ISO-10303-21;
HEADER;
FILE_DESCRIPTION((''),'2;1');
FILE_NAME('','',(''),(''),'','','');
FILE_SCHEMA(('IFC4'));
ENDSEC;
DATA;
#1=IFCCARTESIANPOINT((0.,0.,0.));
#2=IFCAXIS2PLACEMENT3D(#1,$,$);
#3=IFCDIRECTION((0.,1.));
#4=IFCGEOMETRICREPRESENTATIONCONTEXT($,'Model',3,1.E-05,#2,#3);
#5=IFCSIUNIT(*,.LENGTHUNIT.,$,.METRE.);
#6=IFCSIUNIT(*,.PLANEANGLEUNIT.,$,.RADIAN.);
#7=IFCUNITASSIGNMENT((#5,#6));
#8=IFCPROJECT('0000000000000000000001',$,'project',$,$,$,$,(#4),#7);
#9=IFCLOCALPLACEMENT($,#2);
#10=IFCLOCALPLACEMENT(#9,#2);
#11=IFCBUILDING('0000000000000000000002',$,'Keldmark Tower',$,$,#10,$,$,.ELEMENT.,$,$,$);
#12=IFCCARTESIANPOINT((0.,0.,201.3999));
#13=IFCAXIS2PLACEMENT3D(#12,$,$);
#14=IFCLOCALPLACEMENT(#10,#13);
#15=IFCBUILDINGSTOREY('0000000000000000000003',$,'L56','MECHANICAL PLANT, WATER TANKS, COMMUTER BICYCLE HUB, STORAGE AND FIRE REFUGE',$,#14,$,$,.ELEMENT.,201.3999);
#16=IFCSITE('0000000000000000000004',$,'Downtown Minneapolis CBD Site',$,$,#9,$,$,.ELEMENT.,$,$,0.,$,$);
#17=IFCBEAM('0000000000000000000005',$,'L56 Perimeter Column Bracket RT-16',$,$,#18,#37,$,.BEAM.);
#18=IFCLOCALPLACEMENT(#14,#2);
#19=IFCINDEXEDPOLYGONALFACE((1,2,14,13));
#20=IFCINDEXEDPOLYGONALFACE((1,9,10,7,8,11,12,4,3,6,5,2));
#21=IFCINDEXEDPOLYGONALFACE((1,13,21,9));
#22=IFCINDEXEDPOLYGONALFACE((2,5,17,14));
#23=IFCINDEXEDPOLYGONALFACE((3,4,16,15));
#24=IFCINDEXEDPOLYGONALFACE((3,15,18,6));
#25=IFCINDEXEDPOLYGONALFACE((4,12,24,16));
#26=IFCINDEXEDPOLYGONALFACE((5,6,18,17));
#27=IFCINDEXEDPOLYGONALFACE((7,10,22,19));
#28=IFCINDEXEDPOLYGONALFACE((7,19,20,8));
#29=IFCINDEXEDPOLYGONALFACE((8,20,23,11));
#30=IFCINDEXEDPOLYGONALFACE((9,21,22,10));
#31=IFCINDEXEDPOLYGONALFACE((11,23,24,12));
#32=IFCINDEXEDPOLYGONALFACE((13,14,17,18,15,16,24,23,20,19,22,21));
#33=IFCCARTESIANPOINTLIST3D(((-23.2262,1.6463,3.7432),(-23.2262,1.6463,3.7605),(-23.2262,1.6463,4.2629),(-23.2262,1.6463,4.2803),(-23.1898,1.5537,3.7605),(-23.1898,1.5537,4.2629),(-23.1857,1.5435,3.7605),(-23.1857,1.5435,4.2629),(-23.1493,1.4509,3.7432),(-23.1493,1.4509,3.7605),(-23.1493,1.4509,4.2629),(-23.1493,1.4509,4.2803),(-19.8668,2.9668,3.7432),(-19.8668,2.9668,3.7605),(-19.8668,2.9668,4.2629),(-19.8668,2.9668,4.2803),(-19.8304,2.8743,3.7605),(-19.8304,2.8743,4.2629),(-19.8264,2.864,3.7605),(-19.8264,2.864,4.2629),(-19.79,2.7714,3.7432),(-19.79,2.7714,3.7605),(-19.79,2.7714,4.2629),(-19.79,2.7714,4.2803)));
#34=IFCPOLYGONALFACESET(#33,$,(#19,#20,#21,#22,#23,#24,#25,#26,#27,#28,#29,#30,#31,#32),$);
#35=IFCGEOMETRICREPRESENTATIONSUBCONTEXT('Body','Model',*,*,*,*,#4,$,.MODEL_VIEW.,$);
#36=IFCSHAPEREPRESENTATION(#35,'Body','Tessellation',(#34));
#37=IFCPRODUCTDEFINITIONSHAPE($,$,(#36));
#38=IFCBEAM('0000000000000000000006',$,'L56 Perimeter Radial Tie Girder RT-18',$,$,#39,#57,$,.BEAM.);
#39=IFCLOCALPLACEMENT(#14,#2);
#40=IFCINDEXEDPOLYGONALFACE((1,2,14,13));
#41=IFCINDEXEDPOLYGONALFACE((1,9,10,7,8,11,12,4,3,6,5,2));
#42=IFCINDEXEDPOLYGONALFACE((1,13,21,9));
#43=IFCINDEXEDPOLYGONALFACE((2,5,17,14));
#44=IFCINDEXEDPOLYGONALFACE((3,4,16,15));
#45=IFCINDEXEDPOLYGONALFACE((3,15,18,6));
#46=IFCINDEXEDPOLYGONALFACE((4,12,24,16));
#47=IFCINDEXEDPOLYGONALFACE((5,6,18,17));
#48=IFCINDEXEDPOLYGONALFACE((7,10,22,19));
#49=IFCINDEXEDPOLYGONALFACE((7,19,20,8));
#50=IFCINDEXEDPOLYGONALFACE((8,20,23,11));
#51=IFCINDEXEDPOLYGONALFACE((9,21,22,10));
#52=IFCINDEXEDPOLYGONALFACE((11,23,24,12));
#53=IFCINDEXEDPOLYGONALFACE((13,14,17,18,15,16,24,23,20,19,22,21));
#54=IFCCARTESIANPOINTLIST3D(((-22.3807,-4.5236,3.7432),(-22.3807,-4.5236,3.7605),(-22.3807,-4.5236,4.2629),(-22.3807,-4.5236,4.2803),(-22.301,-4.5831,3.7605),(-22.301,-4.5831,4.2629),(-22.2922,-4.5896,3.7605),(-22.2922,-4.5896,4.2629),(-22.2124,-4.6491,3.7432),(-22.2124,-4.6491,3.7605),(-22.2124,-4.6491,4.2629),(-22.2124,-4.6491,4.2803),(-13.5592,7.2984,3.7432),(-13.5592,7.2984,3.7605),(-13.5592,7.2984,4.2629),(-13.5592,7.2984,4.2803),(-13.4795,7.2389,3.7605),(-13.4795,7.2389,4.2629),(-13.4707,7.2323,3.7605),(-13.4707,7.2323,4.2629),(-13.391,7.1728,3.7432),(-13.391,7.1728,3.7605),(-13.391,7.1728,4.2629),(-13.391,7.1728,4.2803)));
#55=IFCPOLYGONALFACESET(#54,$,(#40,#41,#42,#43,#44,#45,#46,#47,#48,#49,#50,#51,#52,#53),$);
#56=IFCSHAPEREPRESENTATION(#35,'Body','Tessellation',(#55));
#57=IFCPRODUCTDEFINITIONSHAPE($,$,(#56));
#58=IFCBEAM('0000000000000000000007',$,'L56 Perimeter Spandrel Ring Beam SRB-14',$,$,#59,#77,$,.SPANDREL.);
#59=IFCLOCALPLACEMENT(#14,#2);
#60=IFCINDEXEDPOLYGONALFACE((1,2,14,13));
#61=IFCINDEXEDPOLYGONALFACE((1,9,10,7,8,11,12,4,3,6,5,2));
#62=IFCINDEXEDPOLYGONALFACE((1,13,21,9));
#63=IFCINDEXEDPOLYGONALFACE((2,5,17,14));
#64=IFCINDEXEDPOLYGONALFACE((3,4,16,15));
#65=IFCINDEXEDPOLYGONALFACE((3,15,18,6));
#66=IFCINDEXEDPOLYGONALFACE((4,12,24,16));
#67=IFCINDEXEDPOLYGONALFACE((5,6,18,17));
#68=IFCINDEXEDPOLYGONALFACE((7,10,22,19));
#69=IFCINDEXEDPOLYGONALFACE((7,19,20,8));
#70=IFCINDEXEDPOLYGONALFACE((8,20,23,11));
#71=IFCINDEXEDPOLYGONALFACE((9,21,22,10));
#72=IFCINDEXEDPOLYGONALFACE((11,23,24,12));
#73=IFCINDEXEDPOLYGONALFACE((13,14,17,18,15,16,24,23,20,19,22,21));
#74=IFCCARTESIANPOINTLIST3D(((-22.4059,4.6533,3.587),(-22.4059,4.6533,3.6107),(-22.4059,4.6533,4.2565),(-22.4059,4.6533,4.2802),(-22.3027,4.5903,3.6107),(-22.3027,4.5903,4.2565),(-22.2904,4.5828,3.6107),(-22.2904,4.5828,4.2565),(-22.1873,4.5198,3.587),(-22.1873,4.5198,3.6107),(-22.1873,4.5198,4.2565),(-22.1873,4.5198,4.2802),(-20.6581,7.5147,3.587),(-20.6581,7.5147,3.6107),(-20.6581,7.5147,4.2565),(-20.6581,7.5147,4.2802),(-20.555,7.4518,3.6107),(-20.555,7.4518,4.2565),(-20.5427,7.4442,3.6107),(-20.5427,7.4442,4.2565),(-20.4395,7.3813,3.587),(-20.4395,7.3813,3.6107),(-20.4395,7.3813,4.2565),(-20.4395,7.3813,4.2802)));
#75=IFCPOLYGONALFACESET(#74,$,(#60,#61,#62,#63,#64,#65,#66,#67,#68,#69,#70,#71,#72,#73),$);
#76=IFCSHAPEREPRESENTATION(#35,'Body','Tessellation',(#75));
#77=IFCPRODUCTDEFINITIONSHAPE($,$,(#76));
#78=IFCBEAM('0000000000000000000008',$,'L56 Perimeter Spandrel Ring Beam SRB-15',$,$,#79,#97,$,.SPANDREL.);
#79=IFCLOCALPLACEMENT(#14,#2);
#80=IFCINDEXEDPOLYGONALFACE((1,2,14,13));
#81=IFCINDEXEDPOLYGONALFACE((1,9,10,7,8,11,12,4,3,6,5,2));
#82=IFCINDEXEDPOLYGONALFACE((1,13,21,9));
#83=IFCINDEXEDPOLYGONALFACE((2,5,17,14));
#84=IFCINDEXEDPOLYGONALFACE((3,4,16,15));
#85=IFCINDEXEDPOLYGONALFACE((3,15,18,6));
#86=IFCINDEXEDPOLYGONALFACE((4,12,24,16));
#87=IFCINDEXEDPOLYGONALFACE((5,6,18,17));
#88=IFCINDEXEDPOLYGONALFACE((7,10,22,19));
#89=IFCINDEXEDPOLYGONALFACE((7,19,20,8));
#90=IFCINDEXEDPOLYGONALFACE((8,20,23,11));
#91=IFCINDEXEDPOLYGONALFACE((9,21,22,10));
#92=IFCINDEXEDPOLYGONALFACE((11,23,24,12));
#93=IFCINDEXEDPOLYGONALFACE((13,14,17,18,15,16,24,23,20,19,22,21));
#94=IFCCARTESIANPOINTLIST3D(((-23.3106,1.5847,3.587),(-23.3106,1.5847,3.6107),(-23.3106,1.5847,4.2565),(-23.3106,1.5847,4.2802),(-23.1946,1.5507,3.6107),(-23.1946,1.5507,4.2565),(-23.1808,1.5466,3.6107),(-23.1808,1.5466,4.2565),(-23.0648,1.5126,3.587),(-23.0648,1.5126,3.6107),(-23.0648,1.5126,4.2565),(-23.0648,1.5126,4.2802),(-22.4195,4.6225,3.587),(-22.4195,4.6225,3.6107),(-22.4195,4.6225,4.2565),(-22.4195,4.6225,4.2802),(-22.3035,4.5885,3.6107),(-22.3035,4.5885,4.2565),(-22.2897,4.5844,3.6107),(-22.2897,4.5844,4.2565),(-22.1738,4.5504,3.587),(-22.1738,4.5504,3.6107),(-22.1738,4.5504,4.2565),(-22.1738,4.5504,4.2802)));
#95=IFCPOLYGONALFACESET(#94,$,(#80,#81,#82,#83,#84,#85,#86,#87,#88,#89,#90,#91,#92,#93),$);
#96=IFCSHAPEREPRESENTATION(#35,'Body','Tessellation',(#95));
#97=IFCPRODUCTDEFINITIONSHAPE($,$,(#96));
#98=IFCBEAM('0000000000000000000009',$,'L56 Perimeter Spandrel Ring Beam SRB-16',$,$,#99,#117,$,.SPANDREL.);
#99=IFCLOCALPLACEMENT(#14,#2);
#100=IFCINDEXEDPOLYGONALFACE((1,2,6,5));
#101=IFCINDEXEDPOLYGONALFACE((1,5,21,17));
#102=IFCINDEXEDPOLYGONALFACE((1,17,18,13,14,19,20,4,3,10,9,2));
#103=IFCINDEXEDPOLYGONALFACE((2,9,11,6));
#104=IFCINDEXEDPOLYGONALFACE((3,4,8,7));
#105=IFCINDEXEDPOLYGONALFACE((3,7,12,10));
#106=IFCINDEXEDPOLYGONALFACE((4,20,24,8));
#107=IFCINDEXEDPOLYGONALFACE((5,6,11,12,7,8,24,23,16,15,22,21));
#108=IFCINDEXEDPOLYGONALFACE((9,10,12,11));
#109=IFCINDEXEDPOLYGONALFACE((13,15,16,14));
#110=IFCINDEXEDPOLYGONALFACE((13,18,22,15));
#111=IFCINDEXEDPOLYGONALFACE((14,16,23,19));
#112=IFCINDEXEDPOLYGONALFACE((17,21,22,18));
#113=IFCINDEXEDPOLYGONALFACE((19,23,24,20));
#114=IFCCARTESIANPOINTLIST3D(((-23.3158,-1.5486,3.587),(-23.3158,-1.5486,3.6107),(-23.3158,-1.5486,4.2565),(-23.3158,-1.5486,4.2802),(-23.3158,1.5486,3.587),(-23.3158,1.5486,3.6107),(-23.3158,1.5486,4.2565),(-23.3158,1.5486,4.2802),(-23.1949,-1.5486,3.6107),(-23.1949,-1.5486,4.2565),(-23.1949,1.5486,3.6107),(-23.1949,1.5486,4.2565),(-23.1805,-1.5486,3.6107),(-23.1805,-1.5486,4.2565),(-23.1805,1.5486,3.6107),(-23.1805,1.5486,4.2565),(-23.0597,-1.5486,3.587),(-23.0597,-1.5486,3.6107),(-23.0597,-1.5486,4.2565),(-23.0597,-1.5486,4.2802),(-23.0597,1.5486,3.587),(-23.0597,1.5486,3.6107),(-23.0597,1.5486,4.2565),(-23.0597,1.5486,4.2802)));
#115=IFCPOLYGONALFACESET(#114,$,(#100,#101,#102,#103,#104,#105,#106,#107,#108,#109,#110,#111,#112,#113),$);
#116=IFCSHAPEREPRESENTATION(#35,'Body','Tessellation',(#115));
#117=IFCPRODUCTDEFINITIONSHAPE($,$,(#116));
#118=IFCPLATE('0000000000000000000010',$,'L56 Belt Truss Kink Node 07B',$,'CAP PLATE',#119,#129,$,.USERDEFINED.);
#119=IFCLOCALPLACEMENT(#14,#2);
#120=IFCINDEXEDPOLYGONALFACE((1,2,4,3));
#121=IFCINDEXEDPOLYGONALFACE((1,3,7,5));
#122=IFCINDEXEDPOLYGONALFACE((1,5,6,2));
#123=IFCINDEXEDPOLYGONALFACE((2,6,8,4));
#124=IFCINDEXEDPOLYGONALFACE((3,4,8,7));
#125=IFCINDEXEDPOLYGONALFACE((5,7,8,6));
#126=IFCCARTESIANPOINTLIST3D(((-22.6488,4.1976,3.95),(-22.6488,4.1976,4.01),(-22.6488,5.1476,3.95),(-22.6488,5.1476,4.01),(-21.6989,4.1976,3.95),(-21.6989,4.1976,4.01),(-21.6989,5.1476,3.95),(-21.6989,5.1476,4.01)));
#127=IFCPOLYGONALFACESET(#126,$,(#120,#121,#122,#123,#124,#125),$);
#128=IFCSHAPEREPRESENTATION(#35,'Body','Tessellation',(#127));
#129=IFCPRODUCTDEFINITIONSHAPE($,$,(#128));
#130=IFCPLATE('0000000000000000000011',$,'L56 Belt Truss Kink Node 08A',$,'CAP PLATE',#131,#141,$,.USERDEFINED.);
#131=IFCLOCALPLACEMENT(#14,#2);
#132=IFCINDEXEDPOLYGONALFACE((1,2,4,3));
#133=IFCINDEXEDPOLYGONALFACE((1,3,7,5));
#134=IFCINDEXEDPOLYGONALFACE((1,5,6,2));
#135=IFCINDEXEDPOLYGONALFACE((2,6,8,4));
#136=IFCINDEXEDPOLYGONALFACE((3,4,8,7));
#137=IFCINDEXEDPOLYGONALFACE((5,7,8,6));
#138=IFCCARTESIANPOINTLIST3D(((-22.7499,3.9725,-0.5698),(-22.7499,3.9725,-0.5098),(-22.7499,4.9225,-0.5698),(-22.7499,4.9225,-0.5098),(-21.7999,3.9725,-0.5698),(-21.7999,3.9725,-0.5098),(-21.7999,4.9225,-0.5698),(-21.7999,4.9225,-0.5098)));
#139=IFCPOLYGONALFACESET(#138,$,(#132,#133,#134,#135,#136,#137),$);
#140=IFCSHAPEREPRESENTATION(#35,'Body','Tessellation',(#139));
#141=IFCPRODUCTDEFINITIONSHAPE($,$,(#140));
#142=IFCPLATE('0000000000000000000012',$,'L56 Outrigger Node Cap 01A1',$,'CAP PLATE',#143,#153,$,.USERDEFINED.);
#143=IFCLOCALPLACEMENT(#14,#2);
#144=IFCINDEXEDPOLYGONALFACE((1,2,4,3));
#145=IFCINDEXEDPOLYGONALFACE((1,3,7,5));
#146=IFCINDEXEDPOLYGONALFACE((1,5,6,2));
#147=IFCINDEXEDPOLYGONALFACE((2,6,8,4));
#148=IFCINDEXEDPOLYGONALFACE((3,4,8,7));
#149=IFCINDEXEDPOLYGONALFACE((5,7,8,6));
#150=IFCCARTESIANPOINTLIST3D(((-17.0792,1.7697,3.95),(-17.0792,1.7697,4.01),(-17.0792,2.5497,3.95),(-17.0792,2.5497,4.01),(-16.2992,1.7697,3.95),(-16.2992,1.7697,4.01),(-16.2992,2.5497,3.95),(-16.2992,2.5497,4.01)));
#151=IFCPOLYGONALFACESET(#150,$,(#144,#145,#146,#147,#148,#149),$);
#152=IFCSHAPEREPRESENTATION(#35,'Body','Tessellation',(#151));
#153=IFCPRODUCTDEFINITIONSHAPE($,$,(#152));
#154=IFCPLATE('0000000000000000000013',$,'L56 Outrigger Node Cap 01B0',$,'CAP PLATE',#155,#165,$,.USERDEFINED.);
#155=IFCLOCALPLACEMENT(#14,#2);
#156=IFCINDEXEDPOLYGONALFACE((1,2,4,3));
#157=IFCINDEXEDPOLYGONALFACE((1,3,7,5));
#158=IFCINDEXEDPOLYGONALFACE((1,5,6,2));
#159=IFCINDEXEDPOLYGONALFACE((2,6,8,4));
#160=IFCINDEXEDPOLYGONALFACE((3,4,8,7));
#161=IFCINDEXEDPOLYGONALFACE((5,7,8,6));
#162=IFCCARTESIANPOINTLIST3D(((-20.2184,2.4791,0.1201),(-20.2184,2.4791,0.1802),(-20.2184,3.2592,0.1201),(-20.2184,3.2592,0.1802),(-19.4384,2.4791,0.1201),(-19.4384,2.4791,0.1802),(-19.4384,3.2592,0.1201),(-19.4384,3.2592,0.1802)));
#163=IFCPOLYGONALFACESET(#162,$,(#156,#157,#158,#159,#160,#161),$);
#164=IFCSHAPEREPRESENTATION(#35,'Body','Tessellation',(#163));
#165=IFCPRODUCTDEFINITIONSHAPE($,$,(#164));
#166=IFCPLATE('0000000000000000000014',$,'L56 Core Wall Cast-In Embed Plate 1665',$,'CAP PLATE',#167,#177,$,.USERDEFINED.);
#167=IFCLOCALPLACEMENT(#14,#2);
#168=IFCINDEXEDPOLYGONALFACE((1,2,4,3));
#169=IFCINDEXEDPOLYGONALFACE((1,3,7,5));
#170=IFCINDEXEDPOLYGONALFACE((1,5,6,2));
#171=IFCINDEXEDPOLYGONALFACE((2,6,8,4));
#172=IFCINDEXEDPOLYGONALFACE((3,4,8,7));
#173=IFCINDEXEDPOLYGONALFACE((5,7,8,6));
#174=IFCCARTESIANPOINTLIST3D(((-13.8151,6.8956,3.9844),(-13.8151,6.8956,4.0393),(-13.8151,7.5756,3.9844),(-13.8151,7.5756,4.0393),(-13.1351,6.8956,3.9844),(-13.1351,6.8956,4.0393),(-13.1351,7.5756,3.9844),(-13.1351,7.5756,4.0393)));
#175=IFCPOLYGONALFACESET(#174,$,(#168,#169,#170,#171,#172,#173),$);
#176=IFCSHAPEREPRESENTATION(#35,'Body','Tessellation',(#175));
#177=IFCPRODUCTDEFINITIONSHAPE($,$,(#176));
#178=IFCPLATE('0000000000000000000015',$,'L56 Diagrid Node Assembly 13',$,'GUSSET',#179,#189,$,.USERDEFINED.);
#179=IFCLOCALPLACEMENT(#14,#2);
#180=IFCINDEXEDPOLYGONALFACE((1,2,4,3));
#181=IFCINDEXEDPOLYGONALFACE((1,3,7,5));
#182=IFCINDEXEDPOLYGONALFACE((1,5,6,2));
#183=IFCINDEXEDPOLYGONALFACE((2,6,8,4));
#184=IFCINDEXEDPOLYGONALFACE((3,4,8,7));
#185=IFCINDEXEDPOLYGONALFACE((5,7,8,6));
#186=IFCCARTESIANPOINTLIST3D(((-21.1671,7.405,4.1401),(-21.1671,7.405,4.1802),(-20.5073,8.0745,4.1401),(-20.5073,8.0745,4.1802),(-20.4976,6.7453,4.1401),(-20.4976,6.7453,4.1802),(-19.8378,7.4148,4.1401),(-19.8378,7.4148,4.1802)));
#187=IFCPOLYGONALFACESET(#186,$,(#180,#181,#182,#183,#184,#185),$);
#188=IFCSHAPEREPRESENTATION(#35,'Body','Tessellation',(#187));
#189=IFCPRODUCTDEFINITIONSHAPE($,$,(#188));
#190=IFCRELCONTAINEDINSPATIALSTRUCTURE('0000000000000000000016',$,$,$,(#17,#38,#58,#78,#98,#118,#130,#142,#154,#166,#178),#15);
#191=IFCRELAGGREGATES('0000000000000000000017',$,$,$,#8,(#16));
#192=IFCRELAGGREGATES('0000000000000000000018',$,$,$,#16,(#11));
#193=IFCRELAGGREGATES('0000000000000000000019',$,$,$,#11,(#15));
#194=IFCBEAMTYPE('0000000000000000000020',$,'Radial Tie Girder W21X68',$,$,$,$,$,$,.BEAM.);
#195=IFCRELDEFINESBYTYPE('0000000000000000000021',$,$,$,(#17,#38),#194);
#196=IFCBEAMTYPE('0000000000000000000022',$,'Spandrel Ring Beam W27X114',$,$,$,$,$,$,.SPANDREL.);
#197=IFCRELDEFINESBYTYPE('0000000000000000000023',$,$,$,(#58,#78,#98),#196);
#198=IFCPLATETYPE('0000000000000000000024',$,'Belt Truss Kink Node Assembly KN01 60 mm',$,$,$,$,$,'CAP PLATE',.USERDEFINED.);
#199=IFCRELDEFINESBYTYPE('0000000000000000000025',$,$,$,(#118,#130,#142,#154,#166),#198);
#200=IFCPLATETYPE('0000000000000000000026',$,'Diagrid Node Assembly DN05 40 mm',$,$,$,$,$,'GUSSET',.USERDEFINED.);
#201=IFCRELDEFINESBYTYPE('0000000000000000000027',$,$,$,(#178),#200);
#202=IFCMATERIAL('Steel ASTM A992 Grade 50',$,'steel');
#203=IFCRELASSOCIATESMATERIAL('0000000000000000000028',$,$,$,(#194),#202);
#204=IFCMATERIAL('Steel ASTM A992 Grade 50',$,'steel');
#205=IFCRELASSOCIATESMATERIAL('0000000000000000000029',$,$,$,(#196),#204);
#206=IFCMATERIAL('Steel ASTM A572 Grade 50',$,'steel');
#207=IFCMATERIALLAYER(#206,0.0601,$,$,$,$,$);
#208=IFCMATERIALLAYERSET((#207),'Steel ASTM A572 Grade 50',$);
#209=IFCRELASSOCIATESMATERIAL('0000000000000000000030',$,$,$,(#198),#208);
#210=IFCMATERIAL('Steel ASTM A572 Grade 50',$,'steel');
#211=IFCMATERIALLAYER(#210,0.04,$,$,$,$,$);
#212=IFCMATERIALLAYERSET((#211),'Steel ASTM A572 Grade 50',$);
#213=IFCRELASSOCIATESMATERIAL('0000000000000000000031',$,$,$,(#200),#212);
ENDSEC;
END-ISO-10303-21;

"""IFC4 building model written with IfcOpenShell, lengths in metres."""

from ifc_helpers import new_model, si_unit, direction, frame, origin, origin_2d, place, context, subcontext, project, spatial, rectangle, i_section, extrude, material, layer, layer_set, material_profile, profile_set, type_object, element, save


model = new_model("IFC4")

# Units and contexts
model_context = context("Model", 3, precision=1e-05, world=origin(), true_north=direction((0.0, 1.0)))
body_context = subcontext(model_context, "Body", "Model", "MODEL_VIEW")
ifc_project = project(units=[si_unit("LENGTHUNIT", "METRE"), si_unit("PLANEANGLEUNIT", "RADIAN")], contexts=[model_context])

# Site, building, storey
site_placement = place(None, origin())
site = spatial("IfcSite", under=ifc_project, at=site_placement, Name="Downtown Minneapolis CBD Site", CompositionType="ELEMENT", RefElevation=0.0)
building_placement = place(site_placement, origin())
building = spatial("IfcBuilding", under=site, at=building_placement, Name="Keldmark Tower", CompositionType="ELEMENT")
storey_placement = place(building_placement, frame((0.0, 0.0, 201.3999)))
storey = spatial("IfcBuildingStorey", under=building, at=storey_placement, Name="L56", Description="MECHANICAL PLANT, WATER TANKS, COMMUTER BICYCLE HUB, STORAGE AND FIRE REFUGE", CompositionType="ELEMENT", Elevation=201.3999)

# Beams
ifc_material_1 = material(Name="Steel ASTM A992 Grade 50", Category="steel")
ifc_material_profile_1 = material_profile(ifc_material_1, i_section(OverallWidth=0.21, OverallDepth=0.5371, WebThickness=0.011, FlangeThickness=0.0173, at=origin_2d()), Name="W21X68")
ifc_profile_set_1 = profile_set([ifc_material_profile_1], Name="Steel ASTM A992 Grade 50")
beam_type_1 = type_object("IfcBeamType", Name="Radial Tie Girder W21X68", PredefinedType="BEAM", material=ifc_profile_set_1)
beam_1_placement = place(storey_placement, frame((-19.8284, 2.8691, 4.0117), z_axis=(-0.930676, -0.365845, 0.0), x_axis=(0.365845, -0.930676, 0.0)))
element("IfcBeam", 1, at=beam_1_placement, inside=storey, type_object=beam_type_1, Name="L56 Perimeter Column Bracket RT-16", PredefinedType="BEAM", context=body_context, shape_type="SweptSolid", body=[
    extrude(i_section(OverallWidth=0.21, OverallDepth=0.5371, WebThickness=0.011, FlangeThickness=0.0173, at=origin_2d()), origin(), (0.0, 0.0, 1.0), 3.6096),
])
beam_2_placement = place(storey_placement, frame((-13.4751, 7.2356, 4.0117), z_axis=(-0.598046, -0.801461, 0.0), x_axis=(0.801461, -0.598046, 0.0)))
element("IfcBeam", 2, at=beam_2_placement, inside=storey, type_object=beam_type_1, Name="L56 Perimeter Radial Tie Girder RT-18", PredefinedType="BEAM", context=body_context, shape_type="SweptSolid", body=[
    extrude(i_section(OverallWidth=0.21, OverallDepth=0.5371, WebThickness=0.011, FlangeThickness=0.0173, at=origin_2d()), origin(), (0.0, 0.0, 1.0), 14.7505),
])
ifc_material_2 = material(Name="Steel ASTM A992 Grade 50", Category="steel")
ifc_material_profile_2 = material_profile(ifc_material_2, i_section(OverallWidth=0.2561, OverallDepth=0.6931, WebThickness=0.0144, FlangeThickness=0.0237, at=origin_2d()), Name="W27X114")
ifc_profile_set_2 = profile_set([ifc_material_profile_2], Name="Steel ASTM A992 Grade 50")
beam_type_2 = type_object("IfcBeamType", Name="Spandrel Ring Beam W27X114", PredefinedType="SPANDREL", material=ifc_profile_set_2)
beam_3_placement = place(storey_placement, frame((-20.5488, 7.448, 3.9336), z_axis=(-0.521247, -0.853406, 0.0), x_axis=(0.853406, -0.521247, 0.0)))
element("IfcBeam", 3, at=beam_3_placement, inside=storey, type_object=beam_type_2, Name="L56 Perimeter Spandrel Ring Beam SRB-14", PredefinedType="SPANDREL", context=body_context, shape_type="SweptSolid", body=[
    extrude(i_section(OverallWidth=0.2561, OverallDepth=0.6931, WebThickness=0.0144, FlangeThickness=0.0237, at=origin_2d()), origin(), (0.0, 0.0, 1.0), 3.353),
])
beam_4_placement = place(storey_placement, frame((-22.2966, 4.5864, 3.9336), z_axis=(-0.281477, -0.959568, 0.0), x_axis=(0.959568, -0.281477, 0.0)))
element("IfcBeam", 4, at=beam_4_placement, inside=storey, type_object=beam_type_2, Name="L56 Perimeter Spandrel Ring Beam SRB-15", PredefinedType="SPANDREL", context=body_context, shape_type="SweptSolid", body=[
    extrude(i_section(OverallWidth=0.2561, OverallDepth=0.6931, WebThickness=0.0144, FlangeThickness=0.0237, at=origin_2d()), origin(), (0.0, 0.0, 1.0), 3.1658),
])
beam_5_placement = place(storey_placement, frame((-23.1877, 1.5486, 3.9336), z_axis=(0.0, -1.0, 0.0), x_axis=(1.0, 0.0, 0.0)))
element("IfcBeam", 5, at=beam_5_placement, inside=storey, type_object=beam_type_2, Name="L56 Perimeter Spandrel Ring Beam SRB-16", PredefinedType="SPANDREL", context=body_context, shape_type="SweptSolid", body=[
    extrude(i_section(OverallWidth=0.2561, OverallDepth=0.6931, WebThickness=0.0144, FlangeThickness=0.0237, at=origin_2d()), origin(), (0.0, 0.0, 1.0), 3.0972),
])

# Plates
ifc_material_3 = material(Name="Steel ASTM A572 Grade 50", Category="steel")
ifc_layer_1 = layer(ifc_material_3, 0.0601)
ifc_layer_set_1 = layer_set([ifc_layer_1], Name="Steel ASTM A572 Grade 50")
plate_type_1 = type_object("IfcPlateType", Name="Belt Truss Kink Node Assembly KN01 60 mm", ElementType="CAP PLATE", PredefinedType="USERDEFINED", material=ifc_layer_set_1)
for number, where, z_axis, x_axis, name in (
    (6, (-22.1738, 4.6726, 3.95), (0.0, 0.0, 1.0), (1.0, 0.0, 0.0), "L56 Belt Truss Kink Node 07B"),
    (7, (-22.2749, 4.4475, -0.5698), (0.0, 0.0, 1.0), (1.0, 0.0, 0.0), "L56 Belt Truss Kink Node 08A"),
):
    element("IfcPlate", number, at=place(storey_placement, frame(where, z_axis=z_axis, x_axis=x_axis)), inside=storey, type_object=plate_type_1, Name=name, ObjectType="CAP PLATE", PredefinedType="USERDEFINED", context=body_context, shape_type="SweptSolid", body=[
        extrude(rectangle(XDim=0.95, YDim=0.95, at=origin_2d()), origin(), (0.0, 0.0, 1.0), 0.0601),
    ])
for number, where, z_axis, x_axis, name in (
    (8, (-16.6892, 2.1597, 3.95), (0.0, 0.0, 1.0), (1.0, 0.0, 0.0), "L56 Outrigger Node Cap 01A1"),
    (9, (-19.8284, 2.8691, 0.1201), (0.0, 0.0, 1.0), (1.0, 0.0, 0.0), "L56 Outrigger Node Cap 01B0"),
):
    element("IfcPlate", number, at=place(storey_placement, frame(where, z_axis=z_axis, x_axis=x_axis)), inside=storey, type_object=plate_type_1, Name=name, ObjectType="CAP PLATE", PredefinedType="USERDEFINED", context=body_context, shape_type="SweptSolid", body=[
        extrude(rectangle(XDim=0.78, YDim=0.78, at=origin_2d()), origin(), (0.0, 0.0, 1.0), 0.0601),
    ])
plate_placement = place(storey_placement, frame((-13.4751, 7.2356, 3.9844), z_axis=(0.0, 0.0, 1.0), x_axis=(1.0, 0.0, 0.0)))
element("IfcPlate", 10, at=plate_placement, inside=storey, type_object=plate_type_1, Name="L56 Core Wall Cast-In Embed Plate 1665", ObjectType="CAP PLATE", PredefinedType="USERDEFINED", context=body_context, shape_type="SweptSolid", body=[
    extrude(rectangle(XDim=0.6799, YDim=0.6799, at=origin_2d()), origin(), (0.0, 0.0, 1.0), 0.0549),
])
ifc_material_4 = material(Name="Steel ASTM A572 Grade 50", Category="steel")
ifc_layer_2 = layer(ifc_material_4, 0.04)
ifc_layer_set_2 = layer_set([ifc_layer_2], Name="Steel ASTM A572 Grade 50")
plate_type_2 = type_object("IfcPlateType", Name="Diagrid Node Assembly DN05 40 mm", ElementType="GUSSET", PredefinedType="USERDEFINED", material=ifc_layer_set_2)
for number, where, z_axis, x_axis, name in (
    (11, (-20.5024, 7.4099, 4.1401), (0.0, 0.0, 1.0), (-0.701904, -0.712271, 0.0), "L56 Diagrid Node Assembly 13"),
):
    element("IfcPlate", number, at=place(storey_placement, frame(where, z_axis=z_axis, x_axis=x_axis)), inside=storey, type_object=plate_type_2, Name=name, ObjectType="GUSSET", PredefinedType="USERDEFINED", context=body_context, shape_type="SweptSolid", body=[
        extrude(rectangle(XDim=0.9399, YDim=0.9399, at=origin_2d()), origin(), (0.0, 0.0, 1.0), 0.04),
    ])

save(model, "model.ifc")
